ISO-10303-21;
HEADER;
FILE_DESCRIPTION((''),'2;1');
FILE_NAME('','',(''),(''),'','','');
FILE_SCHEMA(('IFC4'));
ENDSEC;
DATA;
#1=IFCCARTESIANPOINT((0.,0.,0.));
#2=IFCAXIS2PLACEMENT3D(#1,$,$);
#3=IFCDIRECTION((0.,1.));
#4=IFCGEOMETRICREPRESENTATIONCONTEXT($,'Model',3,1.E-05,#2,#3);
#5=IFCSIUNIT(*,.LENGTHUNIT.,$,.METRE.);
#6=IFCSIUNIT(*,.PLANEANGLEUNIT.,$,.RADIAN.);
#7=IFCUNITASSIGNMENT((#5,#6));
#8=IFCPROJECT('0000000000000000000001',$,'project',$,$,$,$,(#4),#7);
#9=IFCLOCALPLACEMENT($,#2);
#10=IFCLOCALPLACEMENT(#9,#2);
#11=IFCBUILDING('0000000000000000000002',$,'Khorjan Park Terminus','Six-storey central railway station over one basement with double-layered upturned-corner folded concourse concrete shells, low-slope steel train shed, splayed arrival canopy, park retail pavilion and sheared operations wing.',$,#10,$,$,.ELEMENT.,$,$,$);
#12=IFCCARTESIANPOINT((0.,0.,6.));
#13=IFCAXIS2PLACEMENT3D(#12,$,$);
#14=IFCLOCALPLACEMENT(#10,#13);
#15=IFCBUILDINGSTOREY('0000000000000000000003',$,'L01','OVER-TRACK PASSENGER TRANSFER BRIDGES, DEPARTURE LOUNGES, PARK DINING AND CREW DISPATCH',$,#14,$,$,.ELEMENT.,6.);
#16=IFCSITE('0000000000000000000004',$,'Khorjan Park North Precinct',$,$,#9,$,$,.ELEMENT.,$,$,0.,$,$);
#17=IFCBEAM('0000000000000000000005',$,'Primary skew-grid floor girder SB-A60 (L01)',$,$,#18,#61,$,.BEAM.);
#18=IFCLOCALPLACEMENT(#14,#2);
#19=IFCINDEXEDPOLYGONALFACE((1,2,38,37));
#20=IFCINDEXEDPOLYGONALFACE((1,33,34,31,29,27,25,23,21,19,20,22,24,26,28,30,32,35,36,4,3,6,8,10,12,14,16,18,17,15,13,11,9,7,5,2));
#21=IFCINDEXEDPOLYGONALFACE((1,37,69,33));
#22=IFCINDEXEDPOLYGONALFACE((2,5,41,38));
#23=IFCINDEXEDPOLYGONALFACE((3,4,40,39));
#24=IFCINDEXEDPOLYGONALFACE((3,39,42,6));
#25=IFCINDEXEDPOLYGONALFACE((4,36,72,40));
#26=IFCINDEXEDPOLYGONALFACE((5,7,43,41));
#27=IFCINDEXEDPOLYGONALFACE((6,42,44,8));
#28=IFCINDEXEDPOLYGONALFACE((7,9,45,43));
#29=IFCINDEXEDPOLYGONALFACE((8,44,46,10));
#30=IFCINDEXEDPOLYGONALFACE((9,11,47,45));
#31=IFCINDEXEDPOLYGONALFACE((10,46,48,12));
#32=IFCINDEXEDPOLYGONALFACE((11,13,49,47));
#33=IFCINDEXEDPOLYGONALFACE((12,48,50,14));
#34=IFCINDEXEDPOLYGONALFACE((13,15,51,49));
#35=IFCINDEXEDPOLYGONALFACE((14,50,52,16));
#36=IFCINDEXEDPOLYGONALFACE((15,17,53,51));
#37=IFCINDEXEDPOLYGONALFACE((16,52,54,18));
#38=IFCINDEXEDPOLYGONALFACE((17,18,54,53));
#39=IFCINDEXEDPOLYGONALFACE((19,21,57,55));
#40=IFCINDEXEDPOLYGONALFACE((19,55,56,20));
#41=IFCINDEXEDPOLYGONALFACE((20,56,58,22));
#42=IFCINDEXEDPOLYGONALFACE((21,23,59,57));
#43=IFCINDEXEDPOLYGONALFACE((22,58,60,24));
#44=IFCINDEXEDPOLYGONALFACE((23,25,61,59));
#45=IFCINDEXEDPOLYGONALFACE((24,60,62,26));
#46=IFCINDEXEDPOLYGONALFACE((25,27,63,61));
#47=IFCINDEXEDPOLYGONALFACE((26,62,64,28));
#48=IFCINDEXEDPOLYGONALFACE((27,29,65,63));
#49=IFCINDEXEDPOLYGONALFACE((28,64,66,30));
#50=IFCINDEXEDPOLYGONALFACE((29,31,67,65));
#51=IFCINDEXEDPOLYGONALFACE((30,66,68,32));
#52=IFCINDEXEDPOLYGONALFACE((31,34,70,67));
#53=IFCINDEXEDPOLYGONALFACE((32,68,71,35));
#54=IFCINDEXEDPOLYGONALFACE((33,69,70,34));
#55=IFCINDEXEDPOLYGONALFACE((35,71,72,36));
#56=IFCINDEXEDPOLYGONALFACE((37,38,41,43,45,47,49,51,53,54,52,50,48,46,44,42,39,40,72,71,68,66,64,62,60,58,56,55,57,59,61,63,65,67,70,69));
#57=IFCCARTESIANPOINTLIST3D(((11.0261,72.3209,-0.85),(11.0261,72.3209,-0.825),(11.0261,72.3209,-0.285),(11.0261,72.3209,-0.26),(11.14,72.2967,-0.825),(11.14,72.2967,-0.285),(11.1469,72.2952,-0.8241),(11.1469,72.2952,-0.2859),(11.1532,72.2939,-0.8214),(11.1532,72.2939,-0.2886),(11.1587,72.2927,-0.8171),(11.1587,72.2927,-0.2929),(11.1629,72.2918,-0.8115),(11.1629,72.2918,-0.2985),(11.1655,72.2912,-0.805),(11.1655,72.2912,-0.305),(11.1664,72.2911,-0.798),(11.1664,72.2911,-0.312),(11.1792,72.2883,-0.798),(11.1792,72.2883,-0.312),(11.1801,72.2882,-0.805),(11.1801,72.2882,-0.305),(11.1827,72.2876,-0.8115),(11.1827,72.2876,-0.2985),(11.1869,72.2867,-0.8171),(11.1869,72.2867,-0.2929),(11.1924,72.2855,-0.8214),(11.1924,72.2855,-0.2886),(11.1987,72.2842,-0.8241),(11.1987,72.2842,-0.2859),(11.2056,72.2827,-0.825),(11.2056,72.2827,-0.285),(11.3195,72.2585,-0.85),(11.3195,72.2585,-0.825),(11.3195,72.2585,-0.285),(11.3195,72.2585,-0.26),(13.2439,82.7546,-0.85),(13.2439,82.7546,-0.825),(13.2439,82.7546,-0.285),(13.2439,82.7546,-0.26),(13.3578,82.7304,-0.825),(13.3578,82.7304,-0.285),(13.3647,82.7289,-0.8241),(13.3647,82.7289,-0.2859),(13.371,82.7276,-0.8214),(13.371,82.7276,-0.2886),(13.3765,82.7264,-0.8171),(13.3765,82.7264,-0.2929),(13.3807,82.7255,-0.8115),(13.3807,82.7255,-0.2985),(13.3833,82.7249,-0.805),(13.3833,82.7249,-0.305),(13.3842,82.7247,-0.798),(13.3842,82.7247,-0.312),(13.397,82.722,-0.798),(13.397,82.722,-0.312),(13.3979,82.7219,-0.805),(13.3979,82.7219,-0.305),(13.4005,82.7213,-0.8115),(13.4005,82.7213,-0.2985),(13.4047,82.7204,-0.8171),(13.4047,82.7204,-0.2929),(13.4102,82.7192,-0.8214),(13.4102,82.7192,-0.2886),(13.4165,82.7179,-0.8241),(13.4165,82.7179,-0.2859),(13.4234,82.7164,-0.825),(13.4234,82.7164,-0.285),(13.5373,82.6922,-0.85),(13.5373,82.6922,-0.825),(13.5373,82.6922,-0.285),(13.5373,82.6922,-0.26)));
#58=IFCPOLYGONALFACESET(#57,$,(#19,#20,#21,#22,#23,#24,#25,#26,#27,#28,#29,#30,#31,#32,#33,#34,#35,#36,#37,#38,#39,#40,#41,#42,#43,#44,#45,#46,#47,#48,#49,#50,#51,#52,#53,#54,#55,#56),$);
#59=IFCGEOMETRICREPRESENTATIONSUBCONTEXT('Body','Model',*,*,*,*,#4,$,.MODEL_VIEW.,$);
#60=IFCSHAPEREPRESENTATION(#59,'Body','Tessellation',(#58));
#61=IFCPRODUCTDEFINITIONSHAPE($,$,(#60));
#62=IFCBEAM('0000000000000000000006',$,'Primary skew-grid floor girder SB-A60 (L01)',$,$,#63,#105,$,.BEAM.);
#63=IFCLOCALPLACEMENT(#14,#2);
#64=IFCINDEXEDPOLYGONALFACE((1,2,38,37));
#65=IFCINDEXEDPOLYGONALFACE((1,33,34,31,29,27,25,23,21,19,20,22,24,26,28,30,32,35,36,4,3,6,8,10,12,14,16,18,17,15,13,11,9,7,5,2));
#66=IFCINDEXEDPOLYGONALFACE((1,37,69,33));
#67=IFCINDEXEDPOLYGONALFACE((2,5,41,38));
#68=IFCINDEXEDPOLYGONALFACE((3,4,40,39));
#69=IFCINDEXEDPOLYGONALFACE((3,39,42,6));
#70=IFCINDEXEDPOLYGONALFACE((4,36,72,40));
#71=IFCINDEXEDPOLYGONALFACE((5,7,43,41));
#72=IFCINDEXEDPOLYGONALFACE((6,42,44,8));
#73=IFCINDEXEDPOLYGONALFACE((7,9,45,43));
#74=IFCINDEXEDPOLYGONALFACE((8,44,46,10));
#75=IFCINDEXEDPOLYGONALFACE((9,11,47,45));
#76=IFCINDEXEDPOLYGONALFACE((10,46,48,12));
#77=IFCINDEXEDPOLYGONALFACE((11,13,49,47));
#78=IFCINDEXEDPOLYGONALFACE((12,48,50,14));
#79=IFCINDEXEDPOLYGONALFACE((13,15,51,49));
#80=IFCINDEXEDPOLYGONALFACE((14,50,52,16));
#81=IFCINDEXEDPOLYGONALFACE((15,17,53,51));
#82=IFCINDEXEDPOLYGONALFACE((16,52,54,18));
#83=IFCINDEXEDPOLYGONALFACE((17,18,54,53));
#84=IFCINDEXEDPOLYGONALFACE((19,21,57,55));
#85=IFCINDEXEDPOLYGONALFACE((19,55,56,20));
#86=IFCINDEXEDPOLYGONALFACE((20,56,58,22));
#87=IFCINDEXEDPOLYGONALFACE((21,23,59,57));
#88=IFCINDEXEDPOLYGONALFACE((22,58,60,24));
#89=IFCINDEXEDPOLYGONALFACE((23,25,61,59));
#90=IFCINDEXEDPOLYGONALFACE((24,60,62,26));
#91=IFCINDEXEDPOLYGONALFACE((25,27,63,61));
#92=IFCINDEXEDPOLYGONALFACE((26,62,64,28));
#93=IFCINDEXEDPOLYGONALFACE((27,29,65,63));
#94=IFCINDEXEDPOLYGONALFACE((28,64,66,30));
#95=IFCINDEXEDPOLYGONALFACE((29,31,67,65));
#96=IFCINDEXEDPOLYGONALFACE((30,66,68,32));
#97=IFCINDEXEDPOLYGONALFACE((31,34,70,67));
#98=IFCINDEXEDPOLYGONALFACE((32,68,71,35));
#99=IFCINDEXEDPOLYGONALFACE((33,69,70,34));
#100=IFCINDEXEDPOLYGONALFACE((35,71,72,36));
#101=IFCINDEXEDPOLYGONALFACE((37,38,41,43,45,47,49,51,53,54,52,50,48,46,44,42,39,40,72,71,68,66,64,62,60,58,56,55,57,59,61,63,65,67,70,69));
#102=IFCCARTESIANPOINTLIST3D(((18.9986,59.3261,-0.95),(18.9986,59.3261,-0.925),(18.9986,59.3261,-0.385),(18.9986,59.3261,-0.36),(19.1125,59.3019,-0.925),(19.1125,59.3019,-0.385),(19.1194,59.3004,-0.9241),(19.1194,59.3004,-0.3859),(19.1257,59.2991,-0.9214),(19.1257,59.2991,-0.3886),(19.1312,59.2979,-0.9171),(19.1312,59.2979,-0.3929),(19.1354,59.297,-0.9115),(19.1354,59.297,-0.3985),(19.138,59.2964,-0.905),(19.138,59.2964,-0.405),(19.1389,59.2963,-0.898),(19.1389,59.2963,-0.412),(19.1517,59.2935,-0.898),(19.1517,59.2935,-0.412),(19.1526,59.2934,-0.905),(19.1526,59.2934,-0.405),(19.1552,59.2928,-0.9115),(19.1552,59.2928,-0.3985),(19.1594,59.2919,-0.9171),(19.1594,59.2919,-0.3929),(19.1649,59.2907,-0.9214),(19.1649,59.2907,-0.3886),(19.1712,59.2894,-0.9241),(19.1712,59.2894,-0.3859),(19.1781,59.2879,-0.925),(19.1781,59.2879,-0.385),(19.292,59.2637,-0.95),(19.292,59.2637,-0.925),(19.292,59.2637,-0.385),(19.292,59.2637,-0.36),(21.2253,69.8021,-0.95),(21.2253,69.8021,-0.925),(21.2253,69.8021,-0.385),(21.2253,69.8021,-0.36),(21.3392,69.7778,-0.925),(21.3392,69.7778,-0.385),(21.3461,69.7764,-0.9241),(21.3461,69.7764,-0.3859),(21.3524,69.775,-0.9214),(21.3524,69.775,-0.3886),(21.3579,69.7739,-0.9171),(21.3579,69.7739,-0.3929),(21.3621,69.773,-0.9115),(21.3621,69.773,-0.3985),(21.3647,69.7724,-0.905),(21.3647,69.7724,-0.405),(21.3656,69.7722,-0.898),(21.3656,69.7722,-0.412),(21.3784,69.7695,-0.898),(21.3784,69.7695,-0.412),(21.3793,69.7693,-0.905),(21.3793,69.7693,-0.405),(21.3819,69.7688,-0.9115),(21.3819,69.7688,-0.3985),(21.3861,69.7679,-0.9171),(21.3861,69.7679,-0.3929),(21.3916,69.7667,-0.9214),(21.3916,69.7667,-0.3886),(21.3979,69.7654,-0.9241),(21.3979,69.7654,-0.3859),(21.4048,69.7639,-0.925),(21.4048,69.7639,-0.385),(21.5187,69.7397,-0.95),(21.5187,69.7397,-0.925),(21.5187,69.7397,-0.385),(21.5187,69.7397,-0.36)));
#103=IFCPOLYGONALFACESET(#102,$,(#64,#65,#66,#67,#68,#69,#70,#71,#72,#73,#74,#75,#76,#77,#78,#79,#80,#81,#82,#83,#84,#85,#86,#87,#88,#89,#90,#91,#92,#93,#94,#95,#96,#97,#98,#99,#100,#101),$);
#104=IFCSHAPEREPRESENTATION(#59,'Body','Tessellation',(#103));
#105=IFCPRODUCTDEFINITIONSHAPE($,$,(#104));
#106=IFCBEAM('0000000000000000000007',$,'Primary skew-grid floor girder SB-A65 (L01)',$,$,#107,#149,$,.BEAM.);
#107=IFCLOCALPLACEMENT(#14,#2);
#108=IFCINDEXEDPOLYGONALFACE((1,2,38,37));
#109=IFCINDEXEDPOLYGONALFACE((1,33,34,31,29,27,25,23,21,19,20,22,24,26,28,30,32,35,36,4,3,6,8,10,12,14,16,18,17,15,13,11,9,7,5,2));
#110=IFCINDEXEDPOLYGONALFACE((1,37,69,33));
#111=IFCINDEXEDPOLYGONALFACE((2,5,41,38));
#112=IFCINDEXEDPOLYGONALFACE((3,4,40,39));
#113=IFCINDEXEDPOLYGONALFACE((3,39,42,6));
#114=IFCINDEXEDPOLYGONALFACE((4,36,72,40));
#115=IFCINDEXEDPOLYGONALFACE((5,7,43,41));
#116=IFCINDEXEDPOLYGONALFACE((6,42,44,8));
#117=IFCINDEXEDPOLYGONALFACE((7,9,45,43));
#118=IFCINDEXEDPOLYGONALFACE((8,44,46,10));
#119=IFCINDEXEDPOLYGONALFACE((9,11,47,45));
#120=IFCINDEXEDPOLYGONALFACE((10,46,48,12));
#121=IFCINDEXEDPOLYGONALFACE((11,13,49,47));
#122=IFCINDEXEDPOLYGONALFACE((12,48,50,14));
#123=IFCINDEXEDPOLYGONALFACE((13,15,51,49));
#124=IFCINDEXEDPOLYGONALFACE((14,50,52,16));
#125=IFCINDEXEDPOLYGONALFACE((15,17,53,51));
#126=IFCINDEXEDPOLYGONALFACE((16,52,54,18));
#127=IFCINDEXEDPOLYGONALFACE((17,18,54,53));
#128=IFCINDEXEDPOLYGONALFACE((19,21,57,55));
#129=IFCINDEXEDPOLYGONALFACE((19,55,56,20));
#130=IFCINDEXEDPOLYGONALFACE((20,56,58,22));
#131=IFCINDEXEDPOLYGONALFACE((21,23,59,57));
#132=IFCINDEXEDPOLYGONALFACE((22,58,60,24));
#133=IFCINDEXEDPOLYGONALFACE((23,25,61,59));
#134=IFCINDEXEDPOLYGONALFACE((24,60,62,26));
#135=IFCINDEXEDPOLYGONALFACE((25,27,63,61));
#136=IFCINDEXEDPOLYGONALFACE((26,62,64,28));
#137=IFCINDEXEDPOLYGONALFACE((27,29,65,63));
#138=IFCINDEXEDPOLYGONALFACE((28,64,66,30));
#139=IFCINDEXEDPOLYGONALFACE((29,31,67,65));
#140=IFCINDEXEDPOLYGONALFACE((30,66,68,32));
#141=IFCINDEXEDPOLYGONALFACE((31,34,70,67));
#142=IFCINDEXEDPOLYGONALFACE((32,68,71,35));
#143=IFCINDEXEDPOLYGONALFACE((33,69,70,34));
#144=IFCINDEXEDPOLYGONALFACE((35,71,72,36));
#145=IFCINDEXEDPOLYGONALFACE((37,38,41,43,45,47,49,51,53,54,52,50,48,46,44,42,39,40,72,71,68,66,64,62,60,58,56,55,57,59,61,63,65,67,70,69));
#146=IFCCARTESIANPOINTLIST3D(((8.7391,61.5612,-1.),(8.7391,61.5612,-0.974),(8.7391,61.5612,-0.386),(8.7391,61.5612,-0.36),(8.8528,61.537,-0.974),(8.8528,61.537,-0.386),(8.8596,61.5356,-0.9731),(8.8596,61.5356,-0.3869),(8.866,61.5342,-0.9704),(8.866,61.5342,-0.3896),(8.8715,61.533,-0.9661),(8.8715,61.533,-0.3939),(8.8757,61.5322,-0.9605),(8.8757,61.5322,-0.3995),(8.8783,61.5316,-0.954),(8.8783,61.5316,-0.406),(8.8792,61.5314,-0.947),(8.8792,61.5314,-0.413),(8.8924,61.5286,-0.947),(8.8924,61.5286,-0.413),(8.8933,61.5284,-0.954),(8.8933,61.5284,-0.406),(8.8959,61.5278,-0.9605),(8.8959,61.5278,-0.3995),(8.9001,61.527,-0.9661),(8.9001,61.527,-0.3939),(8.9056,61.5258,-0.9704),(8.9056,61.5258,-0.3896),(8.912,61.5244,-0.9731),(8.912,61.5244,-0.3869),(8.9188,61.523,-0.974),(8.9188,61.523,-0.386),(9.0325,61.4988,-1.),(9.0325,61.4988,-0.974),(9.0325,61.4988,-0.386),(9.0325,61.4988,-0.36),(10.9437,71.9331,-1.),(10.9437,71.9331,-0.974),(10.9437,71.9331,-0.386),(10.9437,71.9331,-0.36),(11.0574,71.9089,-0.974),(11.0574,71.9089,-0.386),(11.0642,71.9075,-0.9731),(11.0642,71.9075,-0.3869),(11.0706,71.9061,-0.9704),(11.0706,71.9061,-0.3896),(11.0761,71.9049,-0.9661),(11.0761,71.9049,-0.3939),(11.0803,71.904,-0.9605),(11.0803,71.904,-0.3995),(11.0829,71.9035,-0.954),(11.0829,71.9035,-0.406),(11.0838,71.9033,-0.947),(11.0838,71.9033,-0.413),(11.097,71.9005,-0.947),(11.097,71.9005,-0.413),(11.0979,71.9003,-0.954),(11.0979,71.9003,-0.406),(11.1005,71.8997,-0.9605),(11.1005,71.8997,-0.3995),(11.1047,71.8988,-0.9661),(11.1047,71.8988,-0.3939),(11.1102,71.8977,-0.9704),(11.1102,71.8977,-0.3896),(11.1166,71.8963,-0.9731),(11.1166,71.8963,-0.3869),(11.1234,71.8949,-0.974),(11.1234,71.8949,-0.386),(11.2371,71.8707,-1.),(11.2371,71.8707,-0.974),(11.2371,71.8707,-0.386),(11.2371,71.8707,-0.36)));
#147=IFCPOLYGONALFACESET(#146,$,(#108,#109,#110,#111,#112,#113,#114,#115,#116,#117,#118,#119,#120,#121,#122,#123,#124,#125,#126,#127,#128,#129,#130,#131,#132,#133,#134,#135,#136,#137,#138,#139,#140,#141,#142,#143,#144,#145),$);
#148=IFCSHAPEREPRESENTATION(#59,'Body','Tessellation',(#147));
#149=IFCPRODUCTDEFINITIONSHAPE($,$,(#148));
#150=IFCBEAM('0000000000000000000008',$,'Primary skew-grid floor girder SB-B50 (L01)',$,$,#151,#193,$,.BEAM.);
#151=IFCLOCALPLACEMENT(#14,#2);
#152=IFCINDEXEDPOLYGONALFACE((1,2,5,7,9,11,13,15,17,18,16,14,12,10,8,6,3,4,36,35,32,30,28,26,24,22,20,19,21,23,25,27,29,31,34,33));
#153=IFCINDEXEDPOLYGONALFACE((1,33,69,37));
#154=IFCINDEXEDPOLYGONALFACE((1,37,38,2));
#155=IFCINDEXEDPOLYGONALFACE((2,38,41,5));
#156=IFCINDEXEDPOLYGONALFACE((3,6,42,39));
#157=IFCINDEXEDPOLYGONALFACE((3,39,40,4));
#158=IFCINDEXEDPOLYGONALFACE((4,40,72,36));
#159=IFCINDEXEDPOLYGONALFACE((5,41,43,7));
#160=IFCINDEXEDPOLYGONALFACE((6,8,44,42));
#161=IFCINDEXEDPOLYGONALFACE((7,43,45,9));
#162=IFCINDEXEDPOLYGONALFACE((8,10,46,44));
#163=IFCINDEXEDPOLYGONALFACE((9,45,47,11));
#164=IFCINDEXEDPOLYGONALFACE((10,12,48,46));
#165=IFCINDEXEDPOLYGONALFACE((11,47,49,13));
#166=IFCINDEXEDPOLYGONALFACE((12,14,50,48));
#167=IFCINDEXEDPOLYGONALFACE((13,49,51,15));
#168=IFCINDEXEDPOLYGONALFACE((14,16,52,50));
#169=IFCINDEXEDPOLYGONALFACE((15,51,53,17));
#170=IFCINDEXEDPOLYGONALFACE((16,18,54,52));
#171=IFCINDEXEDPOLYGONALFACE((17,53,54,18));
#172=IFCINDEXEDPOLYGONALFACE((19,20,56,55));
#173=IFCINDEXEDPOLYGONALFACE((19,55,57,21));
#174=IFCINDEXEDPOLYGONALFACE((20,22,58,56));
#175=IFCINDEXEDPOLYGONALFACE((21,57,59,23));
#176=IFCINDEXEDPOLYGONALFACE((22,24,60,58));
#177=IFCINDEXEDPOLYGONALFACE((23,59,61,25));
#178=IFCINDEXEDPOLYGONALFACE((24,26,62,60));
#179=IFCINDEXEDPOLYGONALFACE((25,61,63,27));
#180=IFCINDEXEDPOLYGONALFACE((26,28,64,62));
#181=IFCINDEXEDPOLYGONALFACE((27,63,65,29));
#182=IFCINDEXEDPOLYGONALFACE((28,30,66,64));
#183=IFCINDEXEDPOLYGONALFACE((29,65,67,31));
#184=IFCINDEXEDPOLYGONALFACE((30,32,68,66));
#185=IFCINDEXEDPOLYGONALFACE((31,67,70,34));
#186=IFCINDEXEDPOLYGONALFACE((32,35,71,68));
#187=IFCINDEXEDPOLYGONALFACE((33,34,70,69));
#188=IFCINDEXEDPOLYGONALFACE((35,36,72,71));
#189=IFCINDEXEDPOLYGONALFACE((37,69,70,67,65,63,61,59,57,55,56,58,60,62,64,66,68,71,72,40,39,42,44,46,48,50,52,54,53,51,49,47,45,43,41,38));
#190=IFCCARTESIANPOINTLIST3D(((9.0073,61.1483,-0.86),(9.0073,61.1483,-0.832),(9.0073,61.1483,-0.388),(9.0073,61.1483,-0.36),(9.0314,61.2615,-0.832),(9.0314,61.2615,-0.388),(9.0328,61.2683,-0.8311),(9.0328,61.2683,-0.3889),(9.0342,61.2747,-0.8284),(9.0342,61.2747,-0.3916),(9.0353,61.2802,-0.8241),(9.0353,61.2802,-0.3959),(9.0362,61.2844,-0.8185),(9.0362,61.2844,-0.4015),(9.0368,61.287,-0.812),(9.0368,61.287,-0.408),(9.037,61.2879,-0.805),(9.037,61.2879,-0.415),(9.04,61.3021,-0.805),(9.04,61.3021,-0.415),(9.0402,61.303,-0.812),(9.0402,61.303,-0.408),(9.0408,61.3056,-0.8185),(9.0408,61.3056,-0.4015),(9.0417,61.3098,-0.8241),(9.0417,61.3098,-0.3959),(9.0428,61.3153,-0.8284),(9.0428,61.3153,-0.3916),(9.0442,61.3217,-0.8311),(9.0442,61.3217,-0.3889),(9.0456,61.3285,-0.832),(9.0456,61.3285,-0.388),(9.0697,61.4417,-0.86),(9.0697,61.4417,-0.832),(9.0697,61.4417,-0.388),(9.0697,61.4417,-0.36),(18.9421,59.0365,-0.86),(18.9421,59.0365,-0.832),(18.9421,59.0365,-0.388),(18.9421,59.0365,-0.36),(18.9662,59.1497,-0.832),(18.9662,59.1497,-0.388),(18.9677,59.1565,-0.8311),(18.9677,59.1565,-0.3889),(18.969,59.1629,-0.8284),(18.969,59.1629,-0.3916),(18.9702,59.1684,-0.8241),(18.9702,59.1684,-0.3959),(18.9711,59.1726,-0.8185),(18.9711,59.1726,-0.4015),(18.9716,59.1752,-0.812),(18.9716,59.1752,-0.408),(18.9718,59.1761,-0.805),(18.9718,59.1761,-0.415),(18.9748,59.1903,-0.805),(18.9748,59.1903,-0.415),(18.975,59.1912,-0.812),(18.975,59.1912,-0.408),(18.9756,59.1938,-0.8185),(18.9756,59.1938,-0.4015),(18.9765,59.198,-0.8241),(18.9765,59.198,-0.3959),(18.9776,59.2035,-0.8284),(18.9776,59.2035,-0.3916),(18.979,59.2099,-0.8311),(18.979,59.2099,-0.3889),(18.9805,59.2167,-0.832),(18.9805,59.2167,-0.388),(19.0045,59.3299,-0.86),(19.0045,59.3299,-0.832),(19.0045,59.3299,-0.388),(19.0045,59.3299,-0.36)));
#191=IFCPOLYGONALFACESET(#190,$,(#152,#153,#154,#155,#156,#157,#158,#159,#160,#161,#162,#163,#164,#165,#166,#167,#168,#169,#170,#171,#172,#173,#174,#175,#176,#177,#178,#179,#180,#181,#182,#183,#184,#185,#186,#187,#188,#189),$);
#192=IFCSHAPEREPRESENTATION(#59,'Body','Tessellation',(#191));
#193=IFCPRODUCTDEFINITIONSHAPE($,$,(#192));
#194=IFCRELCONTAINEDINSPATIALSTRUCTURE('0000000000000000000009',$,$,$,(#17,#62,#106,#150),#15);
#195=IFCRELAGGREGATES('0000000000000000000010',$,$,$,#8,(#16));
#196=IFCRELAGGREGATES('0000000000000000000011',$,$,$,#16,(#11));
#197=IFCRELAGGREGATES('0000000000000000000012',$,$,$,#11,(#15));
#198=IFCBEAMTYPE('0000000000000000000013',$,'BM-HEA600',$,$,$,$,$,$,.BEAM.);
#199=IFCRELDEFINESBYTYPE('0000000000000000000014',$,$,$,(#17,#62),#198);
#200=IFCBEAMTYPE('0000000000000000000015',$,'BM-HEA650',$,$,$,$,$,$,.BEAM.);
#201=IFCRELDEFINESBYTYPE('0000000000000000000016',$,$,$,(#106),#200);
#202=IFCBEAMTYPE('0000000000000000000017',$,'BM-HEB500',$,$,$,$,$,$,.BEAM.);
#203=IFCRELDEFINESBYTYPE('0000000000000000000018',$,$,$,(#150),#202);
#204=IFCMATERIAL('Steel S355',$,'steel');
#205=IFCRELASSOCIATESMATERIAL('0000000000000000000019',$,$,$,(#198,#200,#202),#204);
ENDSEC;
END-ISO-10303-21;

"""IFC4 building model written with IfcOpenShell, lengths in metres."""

from ifc_helpers import new_model, si_unit, direction, frame, origin, origin_2d, place, context, subcontext, project, spatial, i_section, extrude, material, material_profile, profile_set, type_object, element, save


model = new_model("IFC4")

# Units and contexts
model_context = context("Model", 3, precision=1e-05, world=origin(), true_north=direction((0.0, 1.0)))
body_context = subcontext(model_context, "Body", "Model", "MODEL_VIEW")
ifc_project = project(units=[si_unit("LENGTHUNIT", "METRE"), si_unit("PLANEANGLEUNIT", "RADIAN")], contexts=[model_context])

# Site, building, storey
site_placement = place(None, origin())
site = spatial("IfcSite", under=ifc_project, at=site_placement, Name="Khorjan Park North Precinct", CompositionType="ELEMENT", RefElevation=0.0)
building_placement = place(site_placement, origin())
building = spatial("IfcBuilding", under=site, at=building_placement, Name="Khorjan Park Terminus", Description="Six-storey central railway station over one basement with double-layered upturned-corner folded concourse concrete shells, low-slope steel train shed, splayed arrival canopy, park retail pavilion and sheared operations wing.", CompositionType="ELEMENT")
storey_placement = place(building_placement, frame((0.0, 0.0, 6.0)))
storey = spatial("IfcBuildingStorey", under=building, at=storey_placement, Name="L01", Description="OVER-TRACK PASSENGER TRANSFER BRIDGES, DEPARTURE LOUNGES, PARK DINING AND CREW DISPATCH", CompositionType="ELEMENT", Elevation=6.0)

# Shared definitions
ifc_material_1 = material(Name="Steel S355", Category="steel")

# Beams
ifc_material_profile_1 = material_profile(ifc_material_1, i_section(OverallWidth=0.3, OverallDepth=0.59, WebThickness=0.013, FlangeThickness=0.025, FilletRadius=0.027, at=origin_2d()), Name="HEA 600")
ifc_profile_set_1 = profile_set([ifc_material_profile_1], Name="Steel S355")
beam_type_1 = type_object("IfcBeamType", Name="BM-HEA600", PredefinedType="BEAM", material=ifc_profile_set_1)
beam_1_placement = place(storey_placement, frame((11.1728, 72.2897, -0.555), z_axis=(0.207916, 0.978147, 0.0), x_axis=(-0.978147, 0.207916, 0.0)))
element("IfcBeam", 1, at=beam_1_placement, inside=storey, type_object=beam_type_1, Name="Primary skew-grid floor girder SB-A60 (L01)", PredefinedType="BEAM", context=body_context, shape_type="SweptSolid", body=[
    extrude(i_section(OverallWidth=0.3, OverallDepth=0.59, WebThickness=0.013, FlangeThickness=0.025, FilletRadius=0.027, at=origin_2d()), origin(), (0.0, 0.0, 1.0), 10.6668),
])
beam_2_placement = place(storey_placement, frame((19.1453, 59.2949, -0.655), z_axis=(0.207908, 0.978148, 0.0), x_axis=(-0.978148, 0.207908, 0.0)))
element("IfcBeam", 2, at=beam_2_placement, inside=storey, type_object=beam_type_1, Name="Primary skew-grid floor girder SB-A60 (L01)", PredefinedType="BEAM", context=body_context, shape_type="SweptSolid", body=[
    extrude(i_section(OverallWidth=0.3, OverallDepth=0.59, WebThickness=0.013, FlangeThickness=0.025, FilletRadius=0.027, at=origin_2d()), origin(), (0.0, 0.0, 1.0), 10.71),
])
ifc_material_profile_2 = material_profile(ifc_material_1, i_section(OverallWidth=0.3, OverallDepth=0.64, WebThickness=0.0135, FlangeThickness=0.026, FilletRadius=0.027, at=origin_2d()), Name="HEA 650")
ifc_profile_set_2 = profile_set([ifc_material_profile_2], Name="Steel S355")
beam_type_2 = type_object("IfcBeamType", Name="BM-HEA650", PredefinedType="BEAM", material=ifc_profile_set_2)
beam_3_placement = place(storey_placement, frame((8.8858, 61.53, -0.68), z_axis=(0.20791, 0.978148, 0.0), x_axis=(-0.978148, 0.20791, 0.0)))
element("IfcBeam", 3, at=beam_3_placement, inside=storey, type_object=beam_type_2, Name="Primary skew-grid floor girder SB-A65 (L01)", PredefinedType="BEAM", context=body_context, shape_type="SweptSolid", body=[
    extrude(i_section(OverallWidth=0.3, OverallDepth=0.64, WebThickness=0.0135, FlangeThickness=0.026, FilletRadius=0.027, at=origin_2d()), origin(), (0.0, 0.0, 1.0), 10.6036),
])
ifc_material_profile_3 = material_profile(ifc_material_1, i_section(OverallWidth=0.3, OverallDepth=0.5, WebThickness=0.0145, FlangeThickness=0.028, FilletRadius=0.027, at=origin_2d()), Name="HEB 500")
ifc_profile_set_3 = profile_set([ifc_material_profile_3], Name="Steel S355")
beam_type_3 = type_object("IfcBeamType", Name="BM-HEB500", PredefinedType="BEAM", material=ifc_profile_set_3)
beam_4_placement = place(storey_placement, frame((9.0385, 61.295, -0.61), z_axis=(0.978146, -0.20792, 0.0), x_axis=(0.20792, 0.978146, 0.0)))
element("IfcBeam", 4, at=beam_4_placement, inside=storey, type_object=beam_type_3, Name="Primary skew-grid floor girder SB-B50 (L01)", PredefinedType="BEAM", context=body_context, shape_type="SweptSolid", body=[
    extrude(i_section(OverallWidth=0.3, OverallDepth=0.5, WebThickness=0.0145, FlangeThickness=0.028, FilletRadius=0.027, at=origin_2d()), origin(), (0.0, 0.0, 1.0), 10.1568),
])

save(model, "model.ifc")
